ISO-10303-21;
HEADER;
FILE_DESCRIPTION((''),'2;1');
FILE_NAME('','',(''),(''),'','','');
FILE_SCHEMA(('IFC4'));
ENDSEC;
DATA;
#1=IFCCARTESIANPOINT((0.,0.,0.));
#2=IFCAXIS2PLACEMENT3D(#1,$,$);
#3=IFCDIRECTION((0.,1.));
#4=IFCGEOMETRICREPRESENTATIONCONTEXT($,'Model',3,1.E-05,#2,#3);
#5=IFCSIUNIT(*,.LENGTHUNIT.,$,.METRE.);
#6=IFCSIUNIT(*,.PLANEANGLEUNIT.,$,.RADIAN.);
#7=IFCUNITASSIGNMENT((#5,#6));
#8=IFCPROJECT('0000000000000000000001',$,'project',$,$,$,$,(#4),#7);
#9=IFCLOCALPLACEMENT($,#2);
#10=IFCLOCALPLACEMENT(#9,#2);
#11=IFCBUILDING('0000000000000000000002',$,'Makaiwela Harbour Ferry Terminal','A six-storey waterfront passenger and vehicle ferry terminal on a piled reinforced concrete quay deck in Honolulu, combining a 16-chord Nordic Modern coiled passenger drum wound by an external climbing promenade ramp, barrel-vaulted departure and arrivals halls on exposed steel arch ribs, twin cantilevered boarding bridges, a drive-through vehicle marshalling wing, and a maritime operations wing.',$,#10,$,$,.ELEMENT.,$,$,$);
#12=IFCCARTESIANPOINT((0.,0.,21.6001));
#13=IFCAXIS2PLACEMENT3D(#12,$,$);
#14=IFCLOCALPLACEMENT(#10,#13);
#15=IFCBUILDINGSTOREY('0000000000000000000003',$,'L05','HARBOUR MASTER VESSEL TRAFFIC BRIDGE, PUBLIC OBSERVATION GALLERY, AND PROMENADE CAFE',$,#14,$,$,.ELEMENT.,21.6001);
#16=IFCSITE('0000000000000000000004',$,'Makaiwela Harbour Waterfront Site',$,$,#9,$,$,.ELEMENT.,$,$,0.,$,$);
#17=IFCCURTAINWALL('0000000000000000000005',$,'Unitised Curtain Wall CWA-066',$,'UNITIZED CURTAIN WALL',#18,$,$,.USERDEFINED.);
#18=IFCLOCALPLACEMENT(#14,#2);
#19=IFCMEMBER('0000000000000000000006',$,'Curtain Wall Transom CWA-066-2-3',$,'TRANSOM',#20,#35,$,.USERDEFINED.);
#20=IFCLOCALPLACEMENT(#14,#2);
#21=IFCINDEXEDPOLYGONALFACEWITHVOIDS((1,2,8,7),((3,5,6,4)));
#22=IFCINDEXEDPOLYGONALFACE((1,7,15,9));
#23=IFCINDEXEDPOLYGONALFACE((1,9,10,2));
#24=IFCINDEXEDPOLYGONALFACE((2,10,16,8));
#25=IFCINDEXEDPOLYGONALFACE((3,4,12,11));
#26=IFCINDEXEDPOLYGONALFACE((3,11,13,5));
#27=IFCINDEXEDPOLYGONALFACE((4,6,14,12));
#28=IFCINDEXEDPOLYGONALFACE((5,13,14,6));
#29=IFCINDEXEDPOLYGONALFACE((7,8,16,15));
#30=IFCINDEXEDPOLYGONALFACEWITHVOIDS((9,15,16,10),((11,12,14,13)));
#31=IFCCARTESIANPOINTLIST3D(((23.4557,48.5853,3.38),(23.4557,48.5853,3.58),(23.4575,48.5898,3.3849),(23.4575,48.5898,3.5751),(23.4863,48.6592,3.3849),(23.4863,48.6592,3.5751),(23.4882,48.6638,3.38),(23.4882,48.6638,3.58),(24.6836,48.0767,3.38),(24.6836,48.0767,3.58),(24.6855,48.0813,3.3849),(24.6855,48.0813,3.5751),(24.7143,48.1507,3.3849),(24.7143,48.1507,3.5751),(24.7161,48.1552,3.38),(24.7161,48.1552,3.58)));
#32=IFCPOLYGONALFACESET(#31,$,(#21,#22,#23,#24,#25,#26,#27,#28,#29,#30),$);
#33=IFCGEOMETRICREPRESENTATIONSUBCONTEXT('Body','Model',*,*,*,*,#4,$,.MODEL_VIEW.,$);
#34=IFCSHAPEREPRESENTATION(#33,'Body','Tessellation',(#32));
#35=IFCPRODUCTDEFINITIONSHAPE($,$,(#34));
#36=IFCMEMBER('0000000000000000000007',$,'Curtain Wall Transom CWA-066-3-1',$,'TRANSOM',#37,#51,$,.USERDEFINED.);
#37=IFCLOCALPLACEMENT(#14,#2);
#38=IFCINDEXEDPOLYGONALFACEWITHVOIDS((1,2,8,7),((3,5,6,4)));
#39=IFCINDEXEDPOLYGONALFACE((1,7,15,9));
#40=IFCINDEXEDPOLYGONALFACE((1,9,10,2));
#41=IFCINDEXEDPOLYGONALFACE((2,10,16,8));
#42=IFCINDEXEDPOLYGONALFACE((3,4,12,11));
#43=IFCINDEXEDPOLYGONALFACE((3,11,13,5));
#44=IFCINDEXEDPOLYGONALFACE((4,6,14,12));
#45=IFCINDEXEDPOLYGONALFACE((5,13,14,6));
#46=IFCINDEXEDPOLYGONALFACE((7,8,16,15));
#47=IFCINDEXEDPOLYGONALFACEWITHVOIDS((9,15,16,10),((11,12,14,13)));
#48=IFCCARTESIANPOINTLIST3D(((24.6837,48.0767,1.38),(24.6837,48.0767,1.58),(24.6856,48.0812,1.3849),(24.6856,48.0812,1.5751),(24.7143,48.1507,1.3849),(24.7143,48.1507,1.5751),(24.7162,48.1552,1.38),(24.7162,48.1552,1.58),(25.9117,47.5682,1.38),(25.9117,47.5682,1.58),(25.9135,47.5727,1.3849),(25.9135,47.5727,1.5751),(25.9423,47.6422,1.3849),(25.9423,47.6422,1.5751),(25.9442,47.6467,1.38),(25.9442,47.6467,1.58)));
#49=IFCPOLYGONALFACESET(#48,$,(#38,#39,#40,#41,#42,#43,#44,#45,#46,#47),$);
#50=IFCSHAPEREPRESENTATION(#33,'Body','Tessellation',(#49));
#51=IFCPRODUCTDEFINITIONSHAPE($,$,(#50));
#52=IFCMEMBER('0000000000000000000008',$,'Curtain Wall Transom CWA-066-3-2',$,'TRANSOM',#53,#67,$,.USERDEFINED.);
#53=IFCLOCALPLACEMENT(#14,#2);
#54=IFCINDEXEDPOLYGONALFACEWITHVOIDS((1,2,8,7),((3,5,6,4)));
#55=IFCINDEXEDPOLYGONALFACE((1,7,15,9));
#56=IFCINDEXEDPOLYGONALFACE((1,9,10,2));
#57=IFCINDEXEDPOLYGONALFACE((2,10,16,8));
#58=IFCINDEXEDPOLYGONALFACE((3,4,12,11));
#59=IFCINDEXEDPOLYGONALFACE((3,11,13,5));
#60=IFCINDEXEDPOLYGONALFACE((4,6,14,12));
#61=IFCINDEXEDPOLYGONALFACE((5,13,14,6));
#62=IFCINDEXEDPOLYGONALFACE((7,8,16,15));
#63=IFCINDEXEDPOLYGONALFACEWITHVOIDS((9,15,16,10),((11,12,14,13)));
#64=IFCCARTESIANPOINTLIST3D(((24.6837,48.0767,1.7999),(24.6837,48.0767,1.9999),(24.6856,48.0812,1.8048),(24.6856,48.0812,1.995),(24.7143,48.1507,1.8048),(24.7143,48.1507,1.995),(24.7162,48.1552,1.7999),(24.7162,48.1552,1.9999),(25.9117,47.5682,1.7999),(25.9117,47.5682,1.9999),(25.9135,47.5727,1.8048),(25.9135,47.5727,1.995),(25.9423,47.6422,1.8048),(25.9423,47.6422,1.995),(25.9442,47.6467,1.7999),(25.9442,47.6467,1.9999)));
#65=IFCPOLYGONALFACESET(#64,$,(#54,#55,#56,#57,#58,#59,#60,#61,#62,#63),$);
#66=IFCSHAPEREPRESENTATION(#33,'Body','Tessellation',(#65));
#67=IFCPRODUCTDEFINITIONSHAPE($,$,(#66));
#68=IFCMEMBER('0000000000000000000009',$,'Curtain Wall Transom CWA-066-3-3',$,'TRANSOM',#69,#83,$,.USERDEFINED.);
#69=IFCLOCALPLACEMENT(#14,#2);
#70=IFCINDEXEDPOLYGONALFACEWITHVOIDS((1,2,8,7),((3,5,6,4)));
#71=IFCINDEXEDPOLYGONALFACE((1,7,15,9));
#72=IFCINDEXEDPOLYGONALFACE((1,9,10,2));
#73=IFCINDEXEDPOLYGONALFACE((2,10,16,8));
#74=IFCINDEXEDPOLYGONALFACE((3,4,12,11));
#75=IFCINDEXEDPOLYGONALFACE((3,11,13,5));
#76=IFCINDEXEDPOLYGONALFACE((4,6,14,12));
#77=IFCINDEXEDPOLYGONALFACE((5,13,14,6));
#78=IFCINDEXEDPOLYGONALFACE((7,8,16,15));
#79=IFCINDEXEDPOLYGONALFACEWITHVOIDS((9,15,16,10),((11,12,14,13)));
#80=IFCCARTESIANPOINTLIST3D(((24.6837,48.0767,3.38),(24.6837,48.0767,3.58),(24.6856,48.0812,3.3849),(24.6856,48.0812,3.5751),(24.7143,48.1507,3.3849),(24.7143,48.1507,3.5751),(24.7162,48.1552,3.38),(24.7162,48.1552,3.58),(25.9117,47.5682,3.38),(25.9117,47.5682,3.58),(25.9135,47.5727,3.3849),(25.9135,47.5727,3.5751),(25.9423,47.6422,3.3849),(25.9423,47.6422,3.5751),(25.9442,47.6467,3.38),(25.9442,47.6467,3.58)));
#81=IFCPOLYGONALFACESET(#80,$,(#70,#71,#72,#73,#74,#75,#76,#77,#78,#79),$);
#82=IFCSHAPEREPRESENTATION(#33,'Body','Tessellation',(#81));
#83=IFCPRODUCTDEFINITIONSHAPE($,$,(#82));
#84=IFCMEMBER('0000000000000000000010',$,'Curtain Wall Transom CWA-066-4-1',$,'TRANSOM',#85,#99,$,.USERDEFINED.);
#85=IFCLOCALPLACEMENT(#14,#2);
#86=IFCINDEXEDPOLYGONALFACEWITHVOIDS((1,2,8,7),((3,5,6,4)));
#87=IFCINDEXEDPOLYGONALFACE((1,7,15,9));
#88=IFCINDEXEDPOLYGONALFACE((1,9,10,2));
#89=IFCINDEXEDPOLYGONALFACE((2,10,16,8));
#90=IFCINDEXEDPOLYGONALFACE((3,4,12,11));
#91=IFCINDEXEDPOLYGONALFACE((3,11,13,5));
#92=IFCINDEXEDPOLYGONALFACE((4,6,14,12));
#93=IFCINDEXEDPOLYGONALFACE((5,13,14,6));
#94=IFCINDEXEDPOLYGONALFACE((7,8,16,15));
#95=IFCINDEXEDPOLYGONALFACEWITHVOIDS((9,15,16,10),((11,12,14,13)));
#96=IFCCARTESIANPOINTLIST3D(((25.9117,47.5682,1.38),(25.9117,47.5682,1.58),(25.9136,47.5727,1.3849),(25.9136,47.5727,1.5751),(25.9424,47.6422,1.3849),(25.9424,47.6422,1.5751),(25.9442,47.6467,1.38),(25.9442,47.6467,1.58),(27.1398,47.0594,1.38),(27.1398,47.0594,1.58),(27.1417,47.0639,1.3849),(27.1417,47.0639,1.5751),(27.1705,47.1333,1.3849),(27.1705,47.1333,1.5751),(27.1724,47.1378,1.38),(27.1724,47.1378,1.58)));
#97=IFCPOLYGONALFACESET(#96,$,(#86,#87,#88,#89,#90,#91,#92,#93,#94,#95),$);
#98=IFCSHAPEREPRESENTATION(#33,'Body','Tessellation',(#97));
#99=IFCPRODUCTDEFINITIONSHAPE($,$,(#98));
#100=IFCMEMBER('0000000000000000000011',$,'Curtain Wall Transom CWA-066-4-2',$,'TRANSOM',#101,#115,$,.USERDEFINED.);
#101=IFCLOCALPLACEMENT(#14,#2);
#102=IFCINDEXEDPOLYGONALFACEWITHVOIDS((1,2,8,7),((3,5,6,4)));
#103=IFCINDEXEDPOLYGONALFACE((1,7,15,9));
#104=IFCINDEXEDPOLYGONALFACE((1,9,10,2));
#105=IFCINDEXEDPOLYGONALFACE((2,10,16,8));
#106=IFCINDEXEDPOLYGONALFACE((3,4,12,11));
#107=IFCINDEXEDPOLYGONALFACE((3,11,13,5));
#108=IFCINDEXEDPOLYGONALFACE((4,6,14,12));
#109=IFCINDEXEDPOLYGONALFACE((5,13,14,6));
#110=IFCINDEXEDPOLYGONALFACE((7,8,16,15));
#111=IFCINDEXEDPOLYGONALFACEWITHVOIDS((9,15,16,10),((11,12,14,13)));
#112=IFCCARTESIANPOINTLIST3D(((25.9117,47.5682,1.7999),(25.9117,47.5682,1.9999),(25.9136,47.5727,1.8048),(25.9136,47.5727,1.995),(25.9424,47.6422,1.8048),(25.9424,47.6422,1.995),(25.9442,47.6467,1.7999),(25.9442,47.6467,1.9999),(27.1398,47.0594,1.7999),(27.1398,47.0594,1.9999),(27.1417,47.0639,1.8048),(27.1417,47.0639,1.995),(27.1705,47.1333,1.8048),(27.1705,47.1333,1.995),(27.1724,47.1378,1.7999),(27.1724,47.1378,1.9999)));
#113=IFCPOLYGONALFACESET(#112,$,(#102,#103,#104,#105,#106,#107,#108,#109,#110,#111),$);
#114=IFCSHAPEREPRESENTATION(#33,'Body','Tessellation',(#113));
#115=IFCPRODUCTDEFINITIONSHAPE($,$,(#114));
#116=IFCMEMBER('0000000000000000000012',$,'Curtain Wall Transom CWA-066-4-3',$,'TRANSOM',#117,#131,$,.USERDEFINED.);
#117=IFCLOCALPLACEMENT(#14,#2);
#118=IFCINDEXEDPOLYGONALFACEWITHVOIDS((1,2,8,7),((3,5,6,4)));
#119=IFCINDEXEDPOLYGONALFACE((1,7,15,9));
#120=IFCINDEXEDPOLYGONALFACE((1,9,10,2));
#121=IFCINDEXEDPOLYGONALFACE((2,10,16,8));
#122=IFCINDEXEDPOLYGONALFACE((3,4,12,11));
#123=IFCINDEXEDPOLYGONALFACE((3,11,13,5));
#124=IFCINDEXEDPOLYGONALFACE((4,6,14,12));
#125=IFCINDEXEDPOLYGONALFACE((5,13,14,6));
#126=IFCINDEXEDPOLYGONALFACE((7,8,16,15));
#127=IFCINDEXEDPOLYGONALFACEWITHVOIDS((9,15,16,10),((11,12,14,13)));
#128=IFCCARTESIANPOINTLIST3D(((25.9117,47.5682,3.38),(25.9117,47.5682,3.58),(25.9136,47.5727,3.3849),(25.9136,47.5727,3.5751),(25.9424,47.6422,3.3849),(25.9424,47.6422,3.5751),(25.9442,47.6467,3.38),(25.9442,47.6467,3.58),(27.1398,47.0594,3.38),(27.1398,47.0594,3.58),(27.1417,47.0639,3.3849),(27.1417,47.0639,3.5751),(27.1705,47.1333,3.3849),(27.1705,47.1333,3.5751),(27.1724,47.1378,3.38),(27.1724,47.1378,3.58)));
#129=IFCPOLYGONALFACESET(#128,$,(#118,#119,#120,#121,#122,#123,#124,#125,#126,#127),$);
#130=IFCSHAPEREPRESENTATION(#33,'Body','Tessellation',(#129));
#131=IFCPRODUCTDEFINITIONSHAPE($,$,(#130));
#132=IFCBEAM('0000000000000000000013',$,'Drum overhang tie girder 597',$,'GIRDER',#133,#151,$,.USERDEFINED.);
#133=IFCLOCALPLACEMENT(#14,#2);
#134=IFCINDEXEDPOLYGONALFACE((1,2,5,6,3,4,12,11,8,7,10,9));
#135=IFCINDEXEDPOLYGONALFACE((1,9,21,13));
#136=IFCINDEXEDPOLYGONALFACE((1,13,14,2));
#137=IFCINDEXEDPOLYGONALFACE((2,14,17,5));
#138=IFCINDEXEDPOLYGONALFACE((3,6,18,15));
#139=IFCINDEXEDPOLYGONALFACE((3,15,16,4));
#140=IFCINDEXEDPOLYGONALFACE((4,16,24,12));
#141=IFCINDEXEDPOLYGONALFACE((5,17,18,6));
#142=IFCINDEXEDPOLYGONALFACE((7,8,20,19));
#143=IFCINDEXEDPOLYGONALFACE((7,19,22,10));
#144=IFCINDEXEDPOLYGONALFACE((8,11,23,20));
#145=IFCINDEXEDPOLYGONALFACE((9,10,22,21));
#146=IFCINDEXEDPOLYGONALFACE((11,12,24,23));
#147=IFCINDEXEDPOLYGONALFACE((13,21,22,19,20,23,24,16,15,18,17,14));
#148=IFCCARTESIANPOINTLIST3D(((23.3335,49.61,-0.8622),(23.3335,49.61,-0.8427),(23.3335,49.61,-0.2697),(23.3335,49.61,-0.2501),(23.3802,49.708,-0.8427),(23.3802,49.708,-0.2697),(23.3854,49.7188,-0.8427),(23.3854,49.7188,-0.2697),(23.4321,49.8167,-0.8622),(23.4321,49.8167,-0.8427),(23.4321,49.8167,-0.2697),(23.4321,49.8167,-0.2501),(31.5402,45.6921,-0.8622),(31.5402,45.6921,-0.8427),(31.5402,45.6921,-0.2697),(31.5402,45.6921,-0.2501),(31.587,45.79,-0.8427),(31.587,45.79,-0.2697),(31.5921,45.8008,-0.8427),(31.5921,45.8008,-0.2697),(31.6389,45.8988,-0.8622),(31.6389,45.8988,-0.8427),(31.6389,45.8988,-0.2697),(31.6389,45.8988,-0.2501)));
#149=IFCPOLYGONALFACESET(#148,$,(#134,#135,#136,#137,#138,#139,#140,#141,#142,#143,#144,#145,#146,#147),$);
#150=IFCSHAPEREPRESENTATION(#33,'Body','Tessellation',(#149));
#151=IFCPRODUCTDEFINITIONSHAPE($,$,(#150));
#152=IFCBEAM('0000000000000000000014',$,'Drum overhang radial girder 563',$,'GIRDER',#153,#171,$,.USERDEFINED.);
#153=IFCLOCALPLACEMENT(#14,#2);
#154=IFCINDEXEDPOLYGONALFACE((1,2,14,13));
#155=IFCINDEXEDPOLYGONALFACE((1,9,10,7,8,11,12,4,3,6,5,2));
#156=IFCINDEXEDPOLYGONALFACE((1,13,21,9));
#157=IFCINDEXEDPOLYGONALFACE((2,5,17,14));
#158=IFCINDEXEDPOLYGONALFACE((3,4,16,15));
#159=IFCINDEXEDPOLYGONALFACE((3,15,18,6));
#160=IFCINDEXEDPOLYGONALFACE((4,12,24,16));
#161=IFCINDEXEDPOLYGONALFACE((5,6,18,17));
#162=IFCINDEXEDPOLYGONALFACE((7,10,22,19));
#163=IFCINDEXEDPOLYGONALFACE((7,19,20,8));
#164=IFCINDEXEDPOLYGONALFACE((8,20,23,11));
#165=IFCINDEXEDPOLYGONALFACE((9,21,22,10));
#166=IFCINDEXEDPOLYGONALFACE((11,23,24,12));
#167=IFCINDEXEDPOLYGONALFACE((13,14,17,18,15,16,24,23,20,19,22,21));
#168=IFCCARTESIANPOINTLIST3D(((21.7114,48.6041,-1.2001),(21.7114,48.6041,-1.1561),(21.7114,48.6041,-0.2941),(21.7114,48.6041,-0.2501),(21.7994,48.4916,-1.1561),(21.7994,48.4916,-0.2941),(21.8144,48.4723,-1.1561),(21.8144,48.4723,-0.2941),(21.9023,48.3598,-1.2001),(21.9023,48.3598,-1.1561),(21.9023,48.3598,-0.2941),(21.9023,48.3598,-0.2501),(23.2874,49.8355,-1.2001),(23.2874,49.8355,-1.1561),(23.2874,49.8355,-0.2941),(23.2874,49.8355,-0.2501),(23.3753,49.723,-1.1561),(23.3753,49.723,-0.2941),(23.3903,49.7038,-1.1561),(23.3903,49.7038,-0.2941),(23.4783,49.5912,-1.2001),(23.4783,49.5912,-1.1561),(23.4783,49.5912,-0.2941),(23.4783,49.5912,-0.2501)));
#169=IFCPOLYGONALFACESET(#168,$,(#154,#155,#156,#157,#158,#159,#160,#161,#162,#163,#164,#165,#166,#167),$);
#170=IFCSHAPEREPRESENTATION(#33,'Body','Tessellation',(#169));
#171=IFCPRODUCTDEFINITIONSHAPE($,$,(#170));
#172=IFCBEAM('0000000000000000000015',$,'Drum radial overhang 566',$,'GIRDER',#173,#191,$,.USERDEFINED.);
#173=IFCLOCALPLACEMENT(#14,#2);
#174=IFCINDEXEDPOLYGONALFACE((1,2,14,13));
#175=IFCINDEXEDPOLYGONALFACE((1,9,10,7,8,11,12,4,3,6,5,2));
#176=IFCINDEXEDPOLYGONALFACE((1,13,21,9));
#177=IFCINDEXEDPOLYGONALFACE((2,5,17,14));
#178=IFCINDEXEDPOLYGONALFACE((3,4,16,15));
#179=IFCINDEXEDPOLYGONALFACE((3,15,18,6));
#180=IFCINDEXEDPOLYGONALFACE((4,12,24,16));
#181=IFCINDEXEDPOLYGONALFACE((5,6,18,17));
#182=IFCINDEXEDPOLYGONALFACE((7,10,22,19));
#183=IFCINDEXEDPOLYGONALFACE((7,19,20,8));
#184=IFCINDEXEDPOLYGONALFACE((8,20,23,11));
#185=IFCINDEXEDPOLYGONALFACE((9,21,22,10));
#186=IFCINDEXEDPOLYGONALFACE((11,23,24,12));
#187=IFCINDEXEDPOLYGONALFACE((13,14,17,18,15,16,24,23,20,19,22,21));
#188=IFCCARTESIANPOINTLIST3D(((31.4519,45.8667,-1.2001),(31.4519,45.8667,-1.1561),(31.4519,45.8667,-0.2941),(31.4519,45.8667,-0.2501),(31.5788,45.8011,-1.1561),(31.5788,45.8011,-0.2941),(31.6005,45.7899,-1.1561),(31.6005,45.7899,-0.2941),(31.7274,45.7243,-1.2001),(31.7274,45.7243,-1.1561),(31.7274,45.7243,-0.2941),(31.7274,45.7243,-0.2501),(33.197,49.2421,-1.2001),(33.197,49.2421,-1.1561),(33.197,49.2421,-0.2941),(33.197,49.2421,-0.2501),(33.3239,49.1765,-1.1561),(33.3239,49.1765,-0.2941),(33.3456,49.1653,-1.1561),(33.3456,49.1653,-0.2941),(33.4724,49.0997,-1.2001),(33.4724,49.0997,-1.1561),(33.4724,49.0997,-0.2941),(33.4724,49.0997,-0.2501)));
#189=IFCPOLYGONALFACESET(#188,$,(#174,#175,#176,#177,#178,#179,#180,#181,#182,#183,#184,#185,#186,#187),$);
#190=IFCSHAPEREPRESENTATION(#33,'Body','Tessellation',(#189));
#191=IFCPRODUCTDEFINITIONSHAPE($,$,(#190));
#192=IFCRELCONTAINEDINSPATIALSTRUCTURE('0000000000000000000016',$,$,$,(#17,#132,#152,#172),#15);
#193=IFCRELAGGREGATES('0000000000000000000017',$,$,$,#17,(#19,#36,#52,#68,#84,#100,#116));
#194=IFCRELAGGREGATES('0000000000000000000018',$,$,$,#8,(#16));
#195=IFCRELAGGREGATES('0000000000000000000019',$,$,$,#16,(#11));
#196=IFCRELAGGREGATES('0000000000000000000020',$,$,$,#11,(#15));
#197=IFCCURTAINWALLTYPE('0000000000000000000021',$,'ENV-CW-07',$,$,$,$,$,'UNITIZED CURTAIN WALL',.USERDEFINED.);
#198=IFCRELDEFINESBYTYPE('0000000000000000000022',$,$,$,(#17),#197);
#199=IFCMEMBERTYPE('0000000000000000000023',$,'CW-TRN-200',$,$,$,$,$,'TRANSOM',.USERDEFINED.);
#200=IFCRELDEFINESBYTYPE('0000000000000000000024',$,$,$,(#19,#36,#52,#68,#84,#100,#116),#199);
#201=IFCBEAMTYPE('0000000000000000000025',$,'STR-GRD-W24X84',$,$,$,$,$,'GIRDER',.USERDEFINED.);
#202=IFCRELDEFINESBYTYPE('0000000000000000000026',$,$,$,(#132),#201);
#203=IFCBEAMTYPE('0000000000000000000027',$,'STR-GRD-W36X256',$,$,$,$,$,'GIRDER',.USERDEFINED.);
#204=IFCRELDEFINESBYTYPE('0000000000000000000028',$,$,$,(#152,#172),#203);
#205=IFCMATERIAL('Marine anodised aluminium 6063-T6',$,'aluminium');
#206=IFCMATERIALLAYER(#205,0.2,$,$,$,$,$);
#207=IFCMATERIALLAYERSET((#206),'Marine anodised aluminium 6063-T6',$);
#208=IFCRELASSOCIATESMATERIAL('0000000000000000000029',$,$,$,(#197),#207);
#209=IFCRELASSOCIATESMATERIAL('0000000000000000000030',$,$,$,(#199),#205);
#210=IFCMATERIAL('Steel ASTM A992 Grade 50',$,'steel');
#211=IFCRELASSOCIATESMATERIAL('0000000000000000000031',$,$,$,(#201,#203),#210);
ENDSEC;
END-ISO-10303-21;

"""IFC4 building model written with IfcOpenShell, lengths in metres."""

from ifc_helpers import new_model, si_unit, direction, frame, origin, origin_2d, place, context, subcontext, project, spatial, hollow_rectangle, i_section, extrude, material, layer, layer_set, material_profile, profile_set, type_object, element, aggregate, save


model = new_model("IFC4")

# Units and contexts
model_context = context("Model", 3, precision=1e-05, world=origin(), true_north=direction((0.0, 1.0)))
body_context = subcontext(model_context, "Body", "Model", "MODEL_VIEW")
ifc_project = project(units=[si_unit("LENGTHUNIT", "METRE"), si_unit("PLANEANGLEUNIT", "RADIAN")], contexts=[model_context])

# Site, building, storey
site_placement = place(None, origin())
site = spatial("IfcSite", under=ifc_project, at=site_placement, Name="Makaiwela Harbour Waterfront Site", CompositionType="ELEMENT", RefElevation=0.0)
building_placement = place(site_placement, origin())
building = spatial("IfcBuilding", under=site, at=building_placement, Name="Makaiwela Harbour Ferry Terminal", Description="A six-storey waterfront passenger and vehicle ferry terminal on a piled reinforced concrete quay deck in Honolulu, combining a 16-chord Nordic Modern coiled passenger drum wound by an external climbing promenade ramp, barrel-vaulted departure and arrivals halls on exposed steel arch ribs, twin cantilevered boarding bridges, a drive-through vehicle marshalling wing, and a maritime operations wing.", CompositionType="ELEMENT")
storey_placement = place(building_placement, frame((0.0, 0.0, 21.6001)))
storey = spatial("IfcBuildingStorey", under=building, at=storey_placement, Name="L05", Description="HARBOUR MASTER VESSEL TRAFFIC BRIDGE, PUBLIC OBSERVATION GALLERY, AND PROMENADE CAFE", CompositionType="ELEMENT", Elevation=21.6001)

# Shared definitions
ifc_material_1 = material(Name="Steel ASTM A992 Grade 50", Category="steel")

# Curtain wall, members
ifc_material_2 = material(Name="Marine anodised aluminium 6063-T6", Category="aluminium")
ifc_layer_1 = layer(ifc_material_2, 0.2)
ifc_layer_set_1 = layer_set([ifc_layer_1], Name="Marine anodised aluminium 6063-T6")
curtain_wall_type = type_object("IfcCurtainWallType", Name="ENV-CW-07", ElementType="UNITIZED CURTAIN WALL", PredefinedType="USERDEFINED", material=ifc_layer_set_1)
curtain_wall_placement = place(storey_placement, origin())
curtain_wall = element("IfcCurtainWall", 1, at=curtain_wall_placement, inside=storey, type_object=curtain_wall_type, Name="Unitised Curtain Wall CWA-066", ObjectType="UNITIZED CURTAIN WALL", PredefinedType="USERDEFINED")
ifc_material_profile_1 = material_profile(ifc_material_2, hollow_rectangle(XDim=0.085, YDim=0.2, WallThickness=0.0049, at=origin_2d()), Name="CWT-200X85")
ifc_profile_set_1 = profile_set([ifc_material_profile_1], Name="Marine anodised aluminium 6063-T6")
member_type_1 = type_object("IfcMemberType", Name="CW-TRN-200", ElementType="TRANSOM", PredefinedType="USERDEFINED", material=ifc_profile_set_1)
member_1_placement = place(storey_placement, frame((23.4719, 48.6245, 3.48), z_axis=(0.923912, -0.382606, 0.0), x_axis=(0.382606, 0.923912, 0.0)))
member_1 = element("IfcMember", 2, at=member_1_placement, type_object=member_type_1, Name="Curtain Wall Transom CWA-066-2-3", ObjectType="TRANSOM", PredefinedType="USERDEFINED", context=body_context, shape_type="SweptSolid", body=[
    extrude(hollow_rectangle(XDim=0.085, YDim=0.2, WallThickness=0.0049, at=origin_2d()), origin(), (0.0, 0.0, 1.0), 1.3291),
])
member_2_placement = place(storey_placement, frame((24.7, 48.116, 1.48), z_axis=(0.923912, -0.382606, 0.0), x_axis=(0.382606, 0.923912, 0.0)))
member_2 = element("IfcMember", 3, at=member_2_placement, type_object=member_type_1, Name="Curtain Wall Transom CWA-066-3-1", ObjectType="TRANSOM", PredefinedType="USERDEFINED", context=body_context, shape_type="SweptSolid", body=[
    extrude(hollow_rectangle(XDim=0.085, YDim=0.2, WallThickness=0.0049, at=origin_2d()), origin(), (0.0, 0.0, 1.0), 1.3291),
])
member_3_placement = place(storey_placement, frame((24.7, 48.116, 1.8999), z_axis=(0.923912, -0.382606, 0.0), x_axis=(0.382606, 0.923912, 0.0)))
member_3 = element("IfcMember", 4, at=member_3_placement, type_object=member_type_1, Name="Curtain Wall Transom CWA-066-3-2", ObjectType="TRANSOM", PredefinedType="USERDEFINED", context=body_context, shape_type="SweptSolid", body=[
    extrude(hollow_rectangle(XDim=0.085, YDim=0.2, WallThickness=0.0049, at=origin_2d()), origin(), (0.0, 0.0, 1.0), 1.3291),
])
member_4_placement = place(storey_placement, frame((24.7, 48.116, 3.48), z_axis=(0.923912, -0.382606, 0.0), x_axis=(0.382606, 0.923912, 0.0)))
member_4 = element("IfcMember", 5, at=member_4_placement, type_object=member_type_1, Name="Curtain Wall Transom CWA-066-3-3", ObjectType="TRANSOM", PredefinedType="USERDEFINED", context=body_context, shape_type="SweptSolid", body=[
    extrude(hollow_rectangle(XDim=0.085, YDim=0.2, WallThickness=0.0049, at=origin_2d()), origin(), (0.0, 0.0, 1.0), 1.3291),
])
member_5_placement = place(storey_placement, frame((25.928, 47.6074, 1.48), z_axis=(0.923847, -0.382763, 0.0), x_axis=(0.382763, 0.923847, 0.0)))
member_5 = element("IfcMember", 6, at=member_5_placement, type_object=member_type_1, Name="Curtain Wall Transom CWA-066-4-1", ObjectType="TRANSOM", PredefinedType="USERDEFINED", context=body_context, shape_type="SweptSolid", body=[
    extrude(hollow_rectangle(XDim=0.085, YDim=0.2, WallThickness=0.0049, at=origin_2d()), origin(), (0.0, 0.0, 1.0), 1.3293),
])
member_6_placement = place(storey_placement, frame((25.928, 47.6074, 1.8999), z_axis=(0.923847, -0.382763, 0.0), x_axis=(0.382763, 0.923847, 0.0)))
member_6 = element("IfcMember", 7, at=member_6_placement, type_object=member_type_1, Name="Curtain Wall Transom CWA-066-4-2", ObjectType="TRANSOM", PredefinedType="USERDEFINED", context=body_context, shape_type="SweptSolid", body=[
    extrude(hollow_rectangle(XDim=0.085, YDim=0.2, WallThickness=0.0049, at=origin_2d()), origin(), (0.0, 0.0, 1.0), 1.3293),
])
member_7_placement = place(storey_placement, frame((25.928, 47.6074, 3.48), z_axis=(0.923847, -0.382763, 0.0), x_axis=(0.382763, 0.923847, 0.0)))
member_7 = element("IfcMember", 8, at=member_7_placement, type_object=member_type_1, Name="Curtain Wall Transom CWA-066-4-3", ObjectType="TRANSOM", PredefinedType="USERDEFINED", context=body_context, shape_type="SweptSolid", body=[
    extrude(hollow_rectangle(XDim=0.085, YDim=0.2, WallThickness=0.0049, at=origin_2d()), origin(), (0.0, 0.0, 1.0), 1.3293),
])

# Beams
ifc_material_profile_2 = material_profile(ifc_material_1, i_section(OverallWidth=0.229, OverallDepth=0.6121, WebThickness=0.012, FlangeThickness=0.0195, at=origin_2d()), Name="W24X84")
ifc_profile_set_2 = profile_set([ifc_material_profile_2], Name="Steel ASTM A992 Grade 50")
beam_type_1 = type_object("IfcBeamType", Name="STR-GRD-W24X84", ElementType="GIRDER", PredefinedType="USERDEFINED", material=ifc_profile_set_2)
beam_1_placement = place(storey_placement, frame((23.3828, 49.7134, -0.5562), z_axis=(0.902434, -0.430827, 0.0), x_axis=(0.430827, 0.902434, 0.0)))
element("IfcBeam", 9, at=beam_1_placement, inside=storey, type_object=beam_type_1, Name="Drum overhang tie girder 597", ObjectType="GIRDER", PredefinedType="USERDEFINED", context=body_context, shape_type="SweptSolid", body=[
    extrude(i_section(OverallWidth=0.229, OverallDepth=0.6121, WebThickness=0.012, FlangeThickness=0.0195, at=origin_2d()), origin(), (0.0, 0.0, 1.0), 9.094),
])
ifc_material_profile_3 = material_profile(ifc_material_1, i_section(OverallWidth=0.3101, OverallDepth=0.95, WebThickness=0.0244, FlangeThickness=0.0439, at=origin_2d()), Name="W36X256")
ifc_profile_set_3 = profile_set([ifc_material_profile_3], Name="Steel ASTM A992 Grade 50")
beam_type_2 = type_object("IfcBeamType", Name="STR-GRD-W36X256", ElementType="GIRDER", PredefinedType="USERDEFINED", material=ifc_profile_set_3)
beam_2_placement = place(storey_placement, frame((23.3828, 49.7134, -0.7251), z_axis=(-0.787963, -0.615722, 0.0), x_axis=(0.615722, -0.787963, 0.0)))
element("IfcBeam", 10, at=beam_2_placement, inside=storey, type_object=beam_type_2, Name="Drum overhang radial girder 563", ObjectType="GIRDER", PredefinedType="USERDEFINED", context=body_context, shape_type="SweptSolid", body=[
    extrude(i_section(OverallWidth=0.3101, OverallDepth=0.95, WebThickness=0.0244, FlangeThickness=0.0439, at=origin_2d()), origin(), (0.0, 0.0, 1.0), 2.0),
])
beam_3_placement = place(storey_placement, frame((33.3347, 49.1709, -0.7251), z_axis=(-0.459252, -0.888306, 0.0), x_axis=(0.888306, -0.459252, 0.0)))
element("IfcBeam", 11, at=beam_3_placement, inside=storey, type_object=beam_type_2, Name="Drum radial overhang 566", ObjectType="GIRDER", PredefinedType="USERDEFINED", context=body_context, shape_type="SweptSolid", body=[
    extrude(i_section(OverallWidth=0.3101, OverallDepth=0.95, WebThickness=0.0244, FlangeThickness=0.0439, at=origin_2d()), origin(), (0.0, 0.0, 1.0), 3.7998),
])

aggregate(curtain_wall, [member_1, member_2, member_3, member_4, member_5, member_6, member_7])

save(model, "model.ifc")
